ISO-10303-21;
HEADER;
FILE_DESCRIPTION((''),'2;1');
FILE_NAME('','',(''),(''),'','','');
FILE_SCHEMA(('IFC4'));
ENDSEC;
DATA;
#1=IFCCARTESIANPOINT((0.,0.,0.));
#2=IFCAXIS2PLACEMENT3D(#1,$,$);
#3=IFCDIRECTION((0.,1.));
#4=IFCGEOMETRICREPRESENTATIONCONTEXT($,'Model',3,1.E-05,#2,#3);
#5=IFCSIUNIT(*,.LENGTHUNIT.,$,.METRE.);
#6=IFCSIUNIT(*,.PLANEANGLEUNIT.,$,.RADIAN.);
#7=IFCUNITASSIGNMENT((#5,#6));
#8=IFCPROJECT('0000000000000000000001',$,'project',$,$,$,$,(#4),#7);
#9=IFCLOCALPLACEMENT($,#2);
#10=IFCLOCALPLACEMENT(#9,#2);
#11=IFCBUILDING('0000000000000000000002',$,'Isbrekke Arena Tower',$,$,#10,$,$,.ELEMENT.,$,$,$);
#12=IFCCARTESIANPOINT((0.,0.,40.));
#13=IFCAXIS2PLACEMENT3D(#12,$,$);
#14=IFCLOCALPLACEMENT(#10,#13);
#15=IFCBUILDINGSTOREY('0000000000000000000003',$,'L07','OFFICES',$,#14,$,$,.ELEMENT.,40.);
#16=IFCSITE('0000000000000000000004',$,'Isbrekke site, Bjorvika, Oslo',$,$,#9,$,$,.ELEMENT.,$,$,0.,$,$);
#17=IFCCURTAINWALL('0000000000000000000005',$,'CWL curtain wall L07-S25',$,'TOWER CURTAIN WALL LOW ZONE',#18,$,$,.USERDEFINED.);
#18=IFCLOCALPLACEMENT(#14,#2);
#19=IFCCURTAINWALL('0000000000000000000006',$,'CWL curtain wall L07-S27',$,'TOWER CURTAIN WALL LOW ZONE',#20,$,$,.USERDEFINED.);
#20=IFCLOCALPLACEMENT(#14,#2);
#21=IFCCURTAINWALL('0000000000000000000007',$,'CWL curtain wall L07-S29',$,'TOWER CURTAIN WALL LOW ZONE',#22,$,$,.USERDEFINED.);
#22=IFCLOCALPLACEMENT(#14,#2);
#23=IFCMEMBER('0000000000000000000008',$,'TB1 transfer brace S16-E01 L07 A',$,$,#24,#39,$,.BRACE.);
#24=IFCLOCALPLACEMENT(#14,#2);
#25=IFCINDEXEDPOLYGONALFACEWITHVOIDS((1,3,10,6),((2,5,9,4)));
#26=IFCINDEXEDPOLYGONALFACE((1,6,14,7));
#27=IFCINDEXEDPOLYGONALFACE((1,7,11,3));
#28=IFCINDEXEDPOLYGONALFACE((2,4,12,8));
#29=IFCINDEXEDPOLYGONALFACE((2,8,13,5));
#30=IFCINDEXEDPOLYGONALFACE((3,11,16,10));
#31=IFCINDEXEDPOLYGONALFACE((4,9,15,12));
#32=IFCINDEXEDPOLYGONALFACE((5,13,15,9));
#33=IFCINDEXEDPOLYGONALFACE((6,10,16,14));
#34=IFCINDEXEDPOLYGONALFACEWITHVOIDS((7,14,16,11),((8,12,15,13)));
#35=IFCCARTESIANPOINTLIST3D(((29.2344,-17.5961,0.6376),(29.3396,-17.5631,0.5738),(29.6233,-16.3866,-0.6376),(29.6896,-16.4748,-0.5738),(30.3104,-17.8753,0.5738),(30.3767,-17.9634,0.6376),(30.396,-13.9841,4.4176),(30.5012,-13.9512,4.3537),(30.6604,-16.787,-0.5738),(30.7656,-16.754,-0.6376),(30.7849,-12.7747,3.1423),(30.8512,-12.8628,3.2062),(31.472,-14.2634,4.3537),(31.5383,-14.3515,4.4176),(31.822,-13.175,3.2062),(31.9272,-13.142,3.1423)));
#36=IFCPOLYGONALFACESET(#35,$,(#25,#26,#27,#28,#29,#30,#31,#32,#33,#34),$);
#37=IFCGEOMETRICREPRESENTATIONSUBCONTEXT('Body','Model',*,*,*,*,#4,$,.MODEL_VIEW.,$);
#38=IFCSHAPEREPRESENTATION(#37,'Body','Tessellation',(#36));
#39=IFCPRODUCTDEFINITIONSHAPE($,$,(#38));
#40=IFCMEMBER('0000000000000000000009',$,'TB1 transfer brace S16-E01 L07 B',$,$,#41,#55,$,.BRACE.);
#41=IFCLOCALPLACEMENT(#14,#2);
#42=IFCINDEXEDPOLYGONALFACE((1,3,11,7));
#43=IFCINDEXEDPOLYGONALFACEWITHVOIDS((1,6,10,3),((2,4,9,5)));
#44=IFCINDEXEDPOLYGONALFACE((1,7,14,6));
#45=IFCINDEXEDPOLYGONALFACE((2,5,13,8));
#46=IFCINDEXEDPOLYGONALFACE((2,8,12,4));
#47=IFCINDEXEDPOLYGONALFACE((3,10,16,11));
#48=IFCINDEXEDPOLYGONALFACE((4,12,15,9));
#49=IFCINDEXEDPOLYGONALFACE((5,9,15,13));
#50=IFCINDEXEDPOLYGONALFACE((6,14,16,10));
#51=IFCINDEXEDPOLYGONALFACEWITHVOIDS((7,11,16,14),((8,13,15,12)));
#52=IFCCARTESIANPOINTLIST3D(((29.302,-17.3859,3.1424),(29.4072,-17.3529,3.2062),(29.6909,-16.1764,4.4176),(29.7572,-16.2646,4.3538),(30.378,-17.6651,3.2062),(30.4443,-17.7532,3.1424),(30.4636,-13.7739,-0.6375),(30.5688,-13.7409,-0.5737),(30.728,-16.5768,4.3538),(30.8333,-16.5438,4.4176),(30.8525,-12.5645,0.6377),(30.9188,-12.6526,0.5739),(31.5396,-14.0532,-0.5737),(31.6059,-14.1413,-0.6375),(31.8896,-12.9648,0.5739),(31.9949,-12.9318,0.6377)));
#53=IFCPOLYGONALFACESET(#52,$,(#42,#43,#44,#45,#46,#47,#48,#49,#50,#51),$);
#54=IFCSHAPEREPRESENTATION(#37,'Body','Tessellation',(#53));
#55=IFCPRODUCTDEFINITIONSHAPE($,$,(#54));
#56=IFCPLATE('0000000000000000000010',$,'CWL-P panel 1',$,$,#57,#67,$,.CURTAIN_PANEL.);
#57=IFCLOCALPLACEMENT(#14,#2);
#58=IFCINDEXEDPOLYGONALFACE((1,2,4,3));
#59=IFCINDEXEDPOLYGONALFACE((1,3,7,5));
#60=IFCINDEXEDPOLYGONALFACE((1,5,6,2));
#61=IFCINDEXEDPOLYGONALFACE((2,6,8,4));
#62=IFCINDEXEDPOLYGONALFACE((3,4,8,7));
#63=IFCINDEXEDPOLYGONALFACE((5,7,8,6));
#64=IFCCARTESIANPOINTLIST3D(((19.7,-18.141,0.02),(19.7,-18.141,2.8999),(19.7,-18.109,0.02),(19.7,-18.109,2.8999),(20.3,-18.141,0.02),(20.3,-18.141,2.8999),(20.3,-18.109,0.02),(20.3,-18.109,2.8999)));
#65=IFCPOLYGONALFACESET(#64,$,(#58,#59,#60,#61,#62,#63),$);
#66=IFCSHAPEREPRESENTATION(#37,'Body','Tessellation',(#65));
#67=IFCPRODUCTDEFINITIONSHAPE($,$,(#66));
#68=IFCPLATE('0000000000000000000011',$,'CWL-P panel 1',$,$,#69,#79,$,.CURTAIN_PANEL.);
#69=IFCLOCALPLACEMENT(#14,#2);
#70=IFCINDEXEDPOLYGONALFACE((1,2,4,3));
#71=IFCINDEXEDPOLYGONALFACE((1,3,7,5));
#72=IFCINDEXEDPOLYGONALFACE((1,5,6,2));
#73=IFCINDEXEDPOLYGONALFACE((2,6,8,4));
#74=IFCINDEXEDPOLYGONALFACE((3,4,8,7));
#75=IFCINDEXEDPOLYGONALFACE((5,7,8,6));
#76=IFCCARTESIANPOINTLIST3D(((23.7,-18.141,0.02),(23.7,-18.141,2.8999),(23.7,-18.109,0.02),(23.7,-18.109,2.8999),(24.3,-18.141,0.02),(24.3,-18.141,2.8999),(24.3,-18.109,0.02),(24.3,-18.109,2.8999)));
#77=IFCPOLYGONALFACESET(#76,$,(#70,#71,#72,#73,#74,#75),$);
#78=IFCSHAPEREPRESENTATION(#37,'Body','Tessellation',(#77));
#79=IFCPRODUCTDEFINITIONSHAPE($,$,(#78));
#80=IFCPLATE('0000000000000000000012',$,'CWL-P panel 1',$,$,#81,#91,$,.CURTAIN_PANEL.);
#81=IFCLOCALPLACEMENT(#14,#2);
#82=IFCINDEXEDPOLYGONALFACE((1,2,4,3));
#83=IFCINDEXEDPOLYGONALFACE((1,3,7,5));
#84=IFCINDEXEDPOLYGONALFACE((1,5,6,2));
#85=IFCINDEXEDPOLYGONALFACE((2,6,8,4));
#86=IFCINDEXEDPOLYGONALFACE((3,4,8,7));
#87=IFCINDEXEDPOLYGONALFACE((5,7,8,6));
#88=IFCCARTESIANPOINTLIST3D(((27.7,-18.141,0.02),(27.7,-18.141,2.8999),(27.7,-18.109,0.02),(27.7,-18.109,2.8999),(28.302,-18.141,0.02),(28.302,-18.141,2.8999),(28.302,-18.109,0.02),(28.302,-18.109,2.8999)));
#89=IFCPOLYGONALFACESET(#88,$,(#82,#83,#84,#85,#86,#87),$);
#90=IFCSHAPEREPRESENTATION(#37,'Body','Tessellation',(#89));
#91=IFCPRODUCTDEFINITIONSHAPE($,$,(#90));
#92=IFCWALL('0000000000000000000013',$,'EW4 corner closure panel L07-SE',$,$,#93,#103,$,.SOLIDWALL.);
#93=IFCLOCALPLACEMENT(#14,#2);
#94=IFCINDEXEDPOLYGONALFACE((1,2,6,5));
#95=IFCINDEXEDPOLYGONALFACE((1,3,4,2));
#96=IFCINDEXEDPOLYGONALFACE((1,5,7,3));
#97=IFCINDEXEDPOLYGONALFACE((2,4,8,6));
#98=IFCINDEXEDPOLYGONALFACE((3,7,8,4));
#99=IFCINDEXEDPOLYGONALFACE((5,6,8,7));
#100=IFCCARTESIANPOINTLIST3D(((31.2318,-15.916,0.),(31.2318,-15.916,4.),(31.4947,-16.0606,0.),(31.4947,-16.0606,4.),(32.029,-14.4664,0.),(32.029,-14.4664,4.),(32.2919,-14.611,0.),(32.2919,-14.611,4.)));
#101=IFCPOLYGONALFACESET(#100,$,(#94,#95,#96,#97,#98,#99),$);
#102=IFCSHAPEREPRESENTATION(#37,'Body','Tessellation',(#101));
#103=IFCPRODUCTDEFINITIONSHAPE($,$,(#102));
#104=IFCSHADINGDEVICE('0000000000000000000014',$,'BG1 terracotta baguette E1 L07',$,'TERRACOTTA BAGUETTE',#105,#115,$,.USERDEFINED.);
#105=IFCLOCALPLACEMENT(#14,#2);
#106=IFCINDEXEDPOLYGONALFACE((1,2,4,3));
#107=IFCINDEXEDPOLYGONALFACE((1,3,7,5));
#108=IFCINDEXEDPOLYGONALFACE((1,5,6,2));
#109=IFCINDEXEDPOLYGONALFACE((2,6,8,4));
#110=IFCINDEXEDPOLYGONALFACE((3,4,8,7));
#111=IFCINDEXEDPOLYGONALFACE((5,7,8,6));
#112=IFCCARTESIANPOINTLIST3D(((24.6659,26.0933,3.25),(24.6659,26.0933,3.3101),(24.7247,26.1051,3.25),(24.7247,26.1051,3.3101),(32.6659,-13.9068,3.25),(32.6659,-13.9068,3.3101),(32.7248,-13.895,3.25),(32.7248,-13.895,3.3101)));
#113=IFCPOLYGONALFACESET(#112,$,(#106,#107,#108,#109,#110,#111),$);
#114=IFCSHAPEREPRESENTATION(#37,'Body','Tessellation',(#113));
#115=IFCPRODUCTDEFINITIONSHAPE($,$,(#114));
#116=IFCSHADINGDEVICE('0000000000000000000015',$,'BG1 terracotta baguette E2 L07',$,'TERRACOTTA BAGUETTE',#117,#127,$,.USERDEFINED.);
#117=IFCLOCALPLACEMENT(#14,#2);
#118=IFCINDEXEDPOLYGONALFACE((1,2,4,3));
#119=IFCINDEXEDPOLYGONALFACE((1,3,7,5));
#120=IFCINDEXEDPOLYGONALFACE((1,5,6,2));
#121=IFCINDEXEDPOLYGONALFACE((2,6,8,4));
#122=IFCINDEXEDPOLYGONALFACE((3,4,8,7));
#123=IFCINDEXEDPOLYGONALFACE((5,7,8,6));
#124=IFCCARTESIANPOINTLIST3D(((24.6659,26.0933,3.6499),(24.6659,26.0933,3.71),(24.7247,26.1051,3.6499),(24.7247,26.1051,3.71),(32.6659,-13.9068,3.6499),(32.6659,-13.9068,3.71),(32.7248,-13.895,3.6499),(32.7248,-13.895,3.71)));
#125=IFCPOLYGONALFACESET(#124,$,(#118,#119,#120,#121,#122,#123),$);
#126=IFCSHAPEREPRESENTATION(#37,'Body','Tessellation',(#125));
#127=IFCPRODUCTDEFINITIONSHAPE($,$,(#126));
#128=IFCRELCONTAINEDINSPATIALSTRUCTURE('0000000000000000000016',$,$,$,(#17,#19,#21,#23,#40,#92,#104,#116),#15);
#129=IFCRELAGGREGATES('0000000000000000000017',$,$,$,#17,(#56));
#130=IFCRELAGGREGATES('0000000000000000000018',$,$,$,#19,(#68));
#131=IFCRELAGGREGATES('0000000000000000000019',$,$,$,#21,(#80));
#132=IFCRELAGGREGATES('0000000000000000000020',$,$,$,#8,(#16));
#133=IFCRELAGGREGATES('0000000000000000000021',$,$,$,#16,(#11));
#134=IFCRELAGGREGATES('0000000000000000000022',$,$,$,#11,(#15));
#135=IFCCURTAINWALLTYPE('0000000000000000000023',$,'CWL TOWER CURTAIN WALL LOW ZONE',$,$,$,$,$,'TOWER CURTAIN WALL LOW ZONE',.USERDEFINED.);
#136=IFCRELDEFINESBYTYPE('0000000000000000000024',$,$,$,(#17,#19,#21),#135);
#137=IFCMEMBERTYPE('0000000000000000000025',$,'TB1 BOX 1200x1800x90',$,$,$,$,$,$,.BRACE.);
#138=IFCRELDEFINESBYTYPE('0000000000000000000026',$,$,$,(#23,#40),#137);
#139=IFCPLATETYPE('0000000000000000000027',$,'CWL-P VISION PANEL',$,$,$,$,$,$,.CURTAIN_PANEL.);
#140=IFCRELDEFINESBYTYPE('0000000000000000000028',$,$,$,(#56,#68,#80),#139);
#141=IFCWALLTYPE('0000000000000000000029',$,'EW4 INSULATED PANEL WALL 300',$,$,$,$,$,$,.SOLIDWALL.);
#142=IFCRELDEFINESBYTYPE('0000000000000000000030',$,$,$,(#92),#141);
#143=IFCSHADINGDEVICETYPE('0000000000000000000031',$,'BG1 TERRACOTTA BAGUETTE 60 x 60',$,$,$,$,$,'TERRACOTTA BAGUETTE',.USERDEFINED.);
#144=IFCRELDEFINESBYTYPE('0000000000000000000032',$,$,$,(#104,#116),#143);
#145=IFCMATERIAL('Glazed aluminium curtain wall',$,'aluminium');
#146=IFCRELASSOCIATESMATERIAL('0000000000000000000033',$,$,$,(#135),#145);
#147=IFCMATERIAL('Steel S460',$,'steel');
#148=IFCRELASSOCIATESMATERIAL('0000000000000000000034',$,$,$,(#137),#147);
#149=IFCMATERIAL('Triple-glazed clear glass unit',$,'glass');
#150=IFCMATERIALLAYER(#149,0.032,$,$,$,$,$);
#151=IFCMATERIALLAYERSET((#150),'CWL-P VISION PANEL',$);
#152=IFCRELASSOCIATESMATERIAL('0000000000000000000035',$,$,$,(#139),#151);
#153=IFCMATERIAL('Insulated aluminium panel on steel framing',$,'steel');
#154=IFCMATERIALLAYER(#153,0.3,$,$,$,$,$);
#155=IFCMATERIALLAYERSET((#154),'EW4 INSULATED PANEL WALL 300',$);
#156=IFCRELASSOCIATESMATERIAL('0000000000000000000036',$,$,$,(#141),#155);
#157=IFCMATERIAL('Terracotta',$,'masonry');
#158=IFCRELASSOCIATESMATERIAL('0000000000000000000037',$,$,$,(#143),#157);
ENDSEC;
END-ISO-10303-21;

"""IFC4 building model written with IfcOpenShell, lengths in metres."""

from ifc_helpers import new_model, si_unit, direction, frame, frame_2d, origin, origin_2d, place, context, subcontext, project, spatial, rectangle, hollow_rectangle, extrude, material, layer, layer_set, material_profile, profile_set, type_object, element, aggregate, save


model = new_model("IFC4")

# Units and contexts
model_context = context("Model", 3, precision=1e-05, world=origin(), true_north=direction((0.0, 1.0)))
body_context = subcontext(model_context, "Body", "Model", "MODEL_VIEW")
ifc_project = project(units=[si_unit("LENGTHUNIT", "METRE"), si_unit("PLANEANGLEUNIT", "RADIAN")], contexts=[model_context])

# Site, building, storey
site_placement = place(None, origin())
site = spatial("IfcSite", under=ifc_project, at=site_placement, Name="Isbrekke site, Bjorvika, Oslo", CompositionType="ELEMENT", RefElevation=0.0)
building_placement = place(site_placement, origin())
building = spatial("IfcBuilding", under=site, at=building_placement, Name="Isbrekke Arena Tower", CompositionType="ELEMENT")
storey_placement = place(building_placement, frame((0.0, 0.0, 40.0)))
storey = spatial("IfcBuildingStorey", under=building, at=storey_placement, Name="L07", Description="OFFICES", CompositionType="ELEMENT", Elevation=40.0)

# Curtain walls
ifc_material_1 = material(Name="Glazed aluminium curtain wall", Category="aluminium")
curtain_wall_type = type_object("IfcCurtainWallType", Name="CWL TOWER CURTAIN WALL LOW ZONE", ElementType="TOWER CURTAIN WALL LOW ZONE", PredefinedType="USERDEFINED", material=ifc_material_1)
curtain_wall_1_placement = place(storey_placement, origin())
curtain_wall_1 = element("IfcCurtainWall", 1, at=curtain_wall_1_placement, inside=storey, type_object=curtain_wall_type, Name="CWL curtain wall L07-S25", ObjectType="TOWER CURTAIN WALL LOW ZONE", PredefinedType="USERDEFINED")
curtain_wall_2_placement = place(storey_placement, origin())
curtain_wall_2 = element("IfcCurtainWall", 2, at=curtain_wall_2_placement, inside=storey, type_object=curtain_wall_type, Name="CWL curtain wall L07-S27", ObjectType="TOWER CURTAIN WALL LOW ZONE", PredefinedType="USERDEFINED")
curtain_wall_3_placement = place(storey_placement, origin())
curtain_wall_3 = element("IfcCurtainWall", 3, at=curtain_wall_3_placement, inside=storey, type_object=curtain_wall_type, Name="CWL curtain wall L07-S29", ObjectType="TOWER CURTAIN WALL LOW ZONE", PredefinedType="USERDEFINED")

# Members
ifc_material_2 = material(Name="Steel S460", Category="steel")
ifc_material_profile_1 = material_profile(ifc_material_2, hollow_rectangle(XDim=1.2, YDim=1.8, WallThickness=0.0901, at=origin_2d()), Name="BOX 1200x1800x90")
ifc_profile_set_1 = profile_set([ifc_material_profile_1], Name="Steel S460")
member_type_1 = type_object("IfcMemberType", Name="TB1 BOX 1200x1800x90", PredefinedType="BRACE", material=ifc_profile_set_1)
for number, where, z_axis, x_axis, name in (
    (4, (30.0, -17.175, 0.0), (0.216889, 0.674416, 0.705778), (-0.951982, 0.306153, 0.0), "TB1 transfer brace S16-E01 L07 A"),
    (5, (30.0676, -16.9648, 3.78), (0.216889, 0.674416, -0.705778), (-0.951982, 0.306153, 0.0), "TB1 transfer brace S16-E01 L07 B"),
):
    element("IfcMember", number, at=place(storey_placement, frame(where, z_axis=z_axis, x_axis=x_axis)), inside=storey, type_object=member_type_1, Name=name, PredefinedType="BRACE", context=body_context, shape_type="SweptSolid", body=[
        extrude(hollow_rectangle(XDim=1.2, YDim=1.8, WallThickness=0.0901, at=origin_2d()), origin(), (0.0, 0.0, 1.0), 5.3557),
    ])

# Plates
ifc_material_3 = material(Name="Triple-glazed clear glass unit", Category="glass")
ifc_layer_1 = layer(ifc_material_3, 0.032)
ifc_layer_set_1 = layer_set([ifc_layer_1], Name="CWL-P VISION PANEL")
plate_type = type_object("IfcPlateType", Name="CWL-P VISION PANEL", PredefinedType="CURTAIN_PANEL", material=ifc_layer_set_1)
plate_1_placement = place(storey_placement, frame((20.0, -18.125, 0.02), z_axis=(0.0, 0.0, 1.0), x_axis=(1.0, 0.0, 0.0)))
plate_1 = element("IfcPlate", 6, at=plate_1_placement, type_object=plate_type, Name="CWL-P panel 1", PredefinedType="CURTAIN_PANEL", context=body_context, shape_type="SweptSolid", body=[
    extrude(rectangle(XDim=0.6001, YDim=0.032, at=origin_2d()), origin(), (0.0, 0.0, 1.0), 2.8799),
])
aggregate(curtain_wall_1, [plate_1])
plate_2_placement = place(storey_placement, frame((24.0, -18.125, 0.02), z_axis=(0.0, 0.0, 1.0), x_axis=(1.0, 0.0, 0.0)))
plate_2 = element("IfcPlate", 7, at=plate_2_placement, type_object=plate_type, Name="CWL-P panel 1", PredefinedType="CURTAIN_PANEL", context=body_context, shape_type="SweptSolid", body=[
    extrude(rectangle(XDim=0.6001, YDim=0.032, at=origin_2d()), origin(), (0.0, 0.0, 1.0), 2.8799),
])
aggregate(curtain_wall_2, [plate_2])
plate_3_placement = place(storey_placement, frame((28.001, -18.125, 0.02), z_axis=(0.0, 0.0, 1.0), x_axis=(1.0, 0.0, 0.0)))
plate_3 = element("IfcPlate", 8, at=plate_3_placement, type_object=plate_type, Name="CWL-P panel 1", PredefinedType="CURTAIN_PANEL", context=body_context, shape_type="SweptSolid", body=[
    extrude(rectangle(XDim=0.6021, YDim=0.032, at=origin_2d()), origin(), (0.0, 0.0, 1.0), 2.8799),
])
aggregate(curtain_wall_3, [plate_3])

# Wall
ifc_material_4 = material(Name="Insulated aluminium panel on steel framing", Category="steel")
ifc_layer_2 = layer(ifc_material_4, 0.3)
ifc_layer_set_2 = layer_set([ifc_layer_2], Name="EW4 INSULATED PANEL WALL 300")
wall_type = type_object("IfcWallType", Name="EW4 INSULATED PANEL WALL 300", PredefinedType="SOLIDWALL", material=ifc_layer_set_2)
wall_placement = place(storey_placement, frame((31.3633, -15.9883, 0.0), z_axis=(0.0, 0.0, 1.0), x_axis=(0.481879, 0.876238, 0.0)))
element("IfcWall", 9, at=wall_placement, inside=storey, type_object=wall_type, Name="EW4 corner closure panel L07-SE", PredefinedType="SOLIDWALL", context=body_context, shape_type="SweptSolid", body=[
    extrude(rectangle(XDim=1.6543, YDim=0.3, at=frame_2d((0.8271, 0.0))), origin(), (0.0, 0.0, 1.0), 4.0),
])

# Shading devices
ifc_material_5 = material(Name="Terracotta", Category="masonry")
ifc_material_profile_2 = material_profile(ifc_material_5, rectangle(XDim=0.0601, YDim=0.0601, at=origin_2d()), Name="BAGUETTE 60X60")
ifc_profile_set_2 = profile_set([ifc_material_profile_2], Name="Terracotta")
shading_device_type = type_object("IfcShadingDeviceType", Name="BG1 TERRACOTTA BAGUETTE 60 x 60", ElementType="TERRACOTTA BAGUETTE", PredefinedType="USERDEFINED", material=ifc_profile_set_2)
for number, where, z_axis, x_axis, name in (
    (10, (32.6953, -13.9009, 3.28), (-0.196116, 0.980581, 0.0), (-0.980581, -0.196116, 0.0), "BG1 terracotta baguette E1 L07"),
    (11, (32.6953, -13.9009, 3.6799), (-0.196116, 0.980581, 0.0), (-0.980581, -0.196116, 0.0), "BG1 terracotta baguette E2 L07"),
):
    element("IfcShadingDevice", number, at=place(storey_placement, frame(where, z_axis=z_axis, x_axis=x_axis)), inside=storey, type_object=shading_device_type, Name=name, ObjectType="TERRACOTTA BAGUETTE", PredefinedType="USERDEFINED", context=body_context, shape_type="SweptSolid", body=[
        extrude(rectangle(XDim=0.0601, YDim=0.0601, at=origin_2d()), origin(), (0.0, 0.0, 1.0), 40.7922),
    ])

save(model, "model.ifc")
